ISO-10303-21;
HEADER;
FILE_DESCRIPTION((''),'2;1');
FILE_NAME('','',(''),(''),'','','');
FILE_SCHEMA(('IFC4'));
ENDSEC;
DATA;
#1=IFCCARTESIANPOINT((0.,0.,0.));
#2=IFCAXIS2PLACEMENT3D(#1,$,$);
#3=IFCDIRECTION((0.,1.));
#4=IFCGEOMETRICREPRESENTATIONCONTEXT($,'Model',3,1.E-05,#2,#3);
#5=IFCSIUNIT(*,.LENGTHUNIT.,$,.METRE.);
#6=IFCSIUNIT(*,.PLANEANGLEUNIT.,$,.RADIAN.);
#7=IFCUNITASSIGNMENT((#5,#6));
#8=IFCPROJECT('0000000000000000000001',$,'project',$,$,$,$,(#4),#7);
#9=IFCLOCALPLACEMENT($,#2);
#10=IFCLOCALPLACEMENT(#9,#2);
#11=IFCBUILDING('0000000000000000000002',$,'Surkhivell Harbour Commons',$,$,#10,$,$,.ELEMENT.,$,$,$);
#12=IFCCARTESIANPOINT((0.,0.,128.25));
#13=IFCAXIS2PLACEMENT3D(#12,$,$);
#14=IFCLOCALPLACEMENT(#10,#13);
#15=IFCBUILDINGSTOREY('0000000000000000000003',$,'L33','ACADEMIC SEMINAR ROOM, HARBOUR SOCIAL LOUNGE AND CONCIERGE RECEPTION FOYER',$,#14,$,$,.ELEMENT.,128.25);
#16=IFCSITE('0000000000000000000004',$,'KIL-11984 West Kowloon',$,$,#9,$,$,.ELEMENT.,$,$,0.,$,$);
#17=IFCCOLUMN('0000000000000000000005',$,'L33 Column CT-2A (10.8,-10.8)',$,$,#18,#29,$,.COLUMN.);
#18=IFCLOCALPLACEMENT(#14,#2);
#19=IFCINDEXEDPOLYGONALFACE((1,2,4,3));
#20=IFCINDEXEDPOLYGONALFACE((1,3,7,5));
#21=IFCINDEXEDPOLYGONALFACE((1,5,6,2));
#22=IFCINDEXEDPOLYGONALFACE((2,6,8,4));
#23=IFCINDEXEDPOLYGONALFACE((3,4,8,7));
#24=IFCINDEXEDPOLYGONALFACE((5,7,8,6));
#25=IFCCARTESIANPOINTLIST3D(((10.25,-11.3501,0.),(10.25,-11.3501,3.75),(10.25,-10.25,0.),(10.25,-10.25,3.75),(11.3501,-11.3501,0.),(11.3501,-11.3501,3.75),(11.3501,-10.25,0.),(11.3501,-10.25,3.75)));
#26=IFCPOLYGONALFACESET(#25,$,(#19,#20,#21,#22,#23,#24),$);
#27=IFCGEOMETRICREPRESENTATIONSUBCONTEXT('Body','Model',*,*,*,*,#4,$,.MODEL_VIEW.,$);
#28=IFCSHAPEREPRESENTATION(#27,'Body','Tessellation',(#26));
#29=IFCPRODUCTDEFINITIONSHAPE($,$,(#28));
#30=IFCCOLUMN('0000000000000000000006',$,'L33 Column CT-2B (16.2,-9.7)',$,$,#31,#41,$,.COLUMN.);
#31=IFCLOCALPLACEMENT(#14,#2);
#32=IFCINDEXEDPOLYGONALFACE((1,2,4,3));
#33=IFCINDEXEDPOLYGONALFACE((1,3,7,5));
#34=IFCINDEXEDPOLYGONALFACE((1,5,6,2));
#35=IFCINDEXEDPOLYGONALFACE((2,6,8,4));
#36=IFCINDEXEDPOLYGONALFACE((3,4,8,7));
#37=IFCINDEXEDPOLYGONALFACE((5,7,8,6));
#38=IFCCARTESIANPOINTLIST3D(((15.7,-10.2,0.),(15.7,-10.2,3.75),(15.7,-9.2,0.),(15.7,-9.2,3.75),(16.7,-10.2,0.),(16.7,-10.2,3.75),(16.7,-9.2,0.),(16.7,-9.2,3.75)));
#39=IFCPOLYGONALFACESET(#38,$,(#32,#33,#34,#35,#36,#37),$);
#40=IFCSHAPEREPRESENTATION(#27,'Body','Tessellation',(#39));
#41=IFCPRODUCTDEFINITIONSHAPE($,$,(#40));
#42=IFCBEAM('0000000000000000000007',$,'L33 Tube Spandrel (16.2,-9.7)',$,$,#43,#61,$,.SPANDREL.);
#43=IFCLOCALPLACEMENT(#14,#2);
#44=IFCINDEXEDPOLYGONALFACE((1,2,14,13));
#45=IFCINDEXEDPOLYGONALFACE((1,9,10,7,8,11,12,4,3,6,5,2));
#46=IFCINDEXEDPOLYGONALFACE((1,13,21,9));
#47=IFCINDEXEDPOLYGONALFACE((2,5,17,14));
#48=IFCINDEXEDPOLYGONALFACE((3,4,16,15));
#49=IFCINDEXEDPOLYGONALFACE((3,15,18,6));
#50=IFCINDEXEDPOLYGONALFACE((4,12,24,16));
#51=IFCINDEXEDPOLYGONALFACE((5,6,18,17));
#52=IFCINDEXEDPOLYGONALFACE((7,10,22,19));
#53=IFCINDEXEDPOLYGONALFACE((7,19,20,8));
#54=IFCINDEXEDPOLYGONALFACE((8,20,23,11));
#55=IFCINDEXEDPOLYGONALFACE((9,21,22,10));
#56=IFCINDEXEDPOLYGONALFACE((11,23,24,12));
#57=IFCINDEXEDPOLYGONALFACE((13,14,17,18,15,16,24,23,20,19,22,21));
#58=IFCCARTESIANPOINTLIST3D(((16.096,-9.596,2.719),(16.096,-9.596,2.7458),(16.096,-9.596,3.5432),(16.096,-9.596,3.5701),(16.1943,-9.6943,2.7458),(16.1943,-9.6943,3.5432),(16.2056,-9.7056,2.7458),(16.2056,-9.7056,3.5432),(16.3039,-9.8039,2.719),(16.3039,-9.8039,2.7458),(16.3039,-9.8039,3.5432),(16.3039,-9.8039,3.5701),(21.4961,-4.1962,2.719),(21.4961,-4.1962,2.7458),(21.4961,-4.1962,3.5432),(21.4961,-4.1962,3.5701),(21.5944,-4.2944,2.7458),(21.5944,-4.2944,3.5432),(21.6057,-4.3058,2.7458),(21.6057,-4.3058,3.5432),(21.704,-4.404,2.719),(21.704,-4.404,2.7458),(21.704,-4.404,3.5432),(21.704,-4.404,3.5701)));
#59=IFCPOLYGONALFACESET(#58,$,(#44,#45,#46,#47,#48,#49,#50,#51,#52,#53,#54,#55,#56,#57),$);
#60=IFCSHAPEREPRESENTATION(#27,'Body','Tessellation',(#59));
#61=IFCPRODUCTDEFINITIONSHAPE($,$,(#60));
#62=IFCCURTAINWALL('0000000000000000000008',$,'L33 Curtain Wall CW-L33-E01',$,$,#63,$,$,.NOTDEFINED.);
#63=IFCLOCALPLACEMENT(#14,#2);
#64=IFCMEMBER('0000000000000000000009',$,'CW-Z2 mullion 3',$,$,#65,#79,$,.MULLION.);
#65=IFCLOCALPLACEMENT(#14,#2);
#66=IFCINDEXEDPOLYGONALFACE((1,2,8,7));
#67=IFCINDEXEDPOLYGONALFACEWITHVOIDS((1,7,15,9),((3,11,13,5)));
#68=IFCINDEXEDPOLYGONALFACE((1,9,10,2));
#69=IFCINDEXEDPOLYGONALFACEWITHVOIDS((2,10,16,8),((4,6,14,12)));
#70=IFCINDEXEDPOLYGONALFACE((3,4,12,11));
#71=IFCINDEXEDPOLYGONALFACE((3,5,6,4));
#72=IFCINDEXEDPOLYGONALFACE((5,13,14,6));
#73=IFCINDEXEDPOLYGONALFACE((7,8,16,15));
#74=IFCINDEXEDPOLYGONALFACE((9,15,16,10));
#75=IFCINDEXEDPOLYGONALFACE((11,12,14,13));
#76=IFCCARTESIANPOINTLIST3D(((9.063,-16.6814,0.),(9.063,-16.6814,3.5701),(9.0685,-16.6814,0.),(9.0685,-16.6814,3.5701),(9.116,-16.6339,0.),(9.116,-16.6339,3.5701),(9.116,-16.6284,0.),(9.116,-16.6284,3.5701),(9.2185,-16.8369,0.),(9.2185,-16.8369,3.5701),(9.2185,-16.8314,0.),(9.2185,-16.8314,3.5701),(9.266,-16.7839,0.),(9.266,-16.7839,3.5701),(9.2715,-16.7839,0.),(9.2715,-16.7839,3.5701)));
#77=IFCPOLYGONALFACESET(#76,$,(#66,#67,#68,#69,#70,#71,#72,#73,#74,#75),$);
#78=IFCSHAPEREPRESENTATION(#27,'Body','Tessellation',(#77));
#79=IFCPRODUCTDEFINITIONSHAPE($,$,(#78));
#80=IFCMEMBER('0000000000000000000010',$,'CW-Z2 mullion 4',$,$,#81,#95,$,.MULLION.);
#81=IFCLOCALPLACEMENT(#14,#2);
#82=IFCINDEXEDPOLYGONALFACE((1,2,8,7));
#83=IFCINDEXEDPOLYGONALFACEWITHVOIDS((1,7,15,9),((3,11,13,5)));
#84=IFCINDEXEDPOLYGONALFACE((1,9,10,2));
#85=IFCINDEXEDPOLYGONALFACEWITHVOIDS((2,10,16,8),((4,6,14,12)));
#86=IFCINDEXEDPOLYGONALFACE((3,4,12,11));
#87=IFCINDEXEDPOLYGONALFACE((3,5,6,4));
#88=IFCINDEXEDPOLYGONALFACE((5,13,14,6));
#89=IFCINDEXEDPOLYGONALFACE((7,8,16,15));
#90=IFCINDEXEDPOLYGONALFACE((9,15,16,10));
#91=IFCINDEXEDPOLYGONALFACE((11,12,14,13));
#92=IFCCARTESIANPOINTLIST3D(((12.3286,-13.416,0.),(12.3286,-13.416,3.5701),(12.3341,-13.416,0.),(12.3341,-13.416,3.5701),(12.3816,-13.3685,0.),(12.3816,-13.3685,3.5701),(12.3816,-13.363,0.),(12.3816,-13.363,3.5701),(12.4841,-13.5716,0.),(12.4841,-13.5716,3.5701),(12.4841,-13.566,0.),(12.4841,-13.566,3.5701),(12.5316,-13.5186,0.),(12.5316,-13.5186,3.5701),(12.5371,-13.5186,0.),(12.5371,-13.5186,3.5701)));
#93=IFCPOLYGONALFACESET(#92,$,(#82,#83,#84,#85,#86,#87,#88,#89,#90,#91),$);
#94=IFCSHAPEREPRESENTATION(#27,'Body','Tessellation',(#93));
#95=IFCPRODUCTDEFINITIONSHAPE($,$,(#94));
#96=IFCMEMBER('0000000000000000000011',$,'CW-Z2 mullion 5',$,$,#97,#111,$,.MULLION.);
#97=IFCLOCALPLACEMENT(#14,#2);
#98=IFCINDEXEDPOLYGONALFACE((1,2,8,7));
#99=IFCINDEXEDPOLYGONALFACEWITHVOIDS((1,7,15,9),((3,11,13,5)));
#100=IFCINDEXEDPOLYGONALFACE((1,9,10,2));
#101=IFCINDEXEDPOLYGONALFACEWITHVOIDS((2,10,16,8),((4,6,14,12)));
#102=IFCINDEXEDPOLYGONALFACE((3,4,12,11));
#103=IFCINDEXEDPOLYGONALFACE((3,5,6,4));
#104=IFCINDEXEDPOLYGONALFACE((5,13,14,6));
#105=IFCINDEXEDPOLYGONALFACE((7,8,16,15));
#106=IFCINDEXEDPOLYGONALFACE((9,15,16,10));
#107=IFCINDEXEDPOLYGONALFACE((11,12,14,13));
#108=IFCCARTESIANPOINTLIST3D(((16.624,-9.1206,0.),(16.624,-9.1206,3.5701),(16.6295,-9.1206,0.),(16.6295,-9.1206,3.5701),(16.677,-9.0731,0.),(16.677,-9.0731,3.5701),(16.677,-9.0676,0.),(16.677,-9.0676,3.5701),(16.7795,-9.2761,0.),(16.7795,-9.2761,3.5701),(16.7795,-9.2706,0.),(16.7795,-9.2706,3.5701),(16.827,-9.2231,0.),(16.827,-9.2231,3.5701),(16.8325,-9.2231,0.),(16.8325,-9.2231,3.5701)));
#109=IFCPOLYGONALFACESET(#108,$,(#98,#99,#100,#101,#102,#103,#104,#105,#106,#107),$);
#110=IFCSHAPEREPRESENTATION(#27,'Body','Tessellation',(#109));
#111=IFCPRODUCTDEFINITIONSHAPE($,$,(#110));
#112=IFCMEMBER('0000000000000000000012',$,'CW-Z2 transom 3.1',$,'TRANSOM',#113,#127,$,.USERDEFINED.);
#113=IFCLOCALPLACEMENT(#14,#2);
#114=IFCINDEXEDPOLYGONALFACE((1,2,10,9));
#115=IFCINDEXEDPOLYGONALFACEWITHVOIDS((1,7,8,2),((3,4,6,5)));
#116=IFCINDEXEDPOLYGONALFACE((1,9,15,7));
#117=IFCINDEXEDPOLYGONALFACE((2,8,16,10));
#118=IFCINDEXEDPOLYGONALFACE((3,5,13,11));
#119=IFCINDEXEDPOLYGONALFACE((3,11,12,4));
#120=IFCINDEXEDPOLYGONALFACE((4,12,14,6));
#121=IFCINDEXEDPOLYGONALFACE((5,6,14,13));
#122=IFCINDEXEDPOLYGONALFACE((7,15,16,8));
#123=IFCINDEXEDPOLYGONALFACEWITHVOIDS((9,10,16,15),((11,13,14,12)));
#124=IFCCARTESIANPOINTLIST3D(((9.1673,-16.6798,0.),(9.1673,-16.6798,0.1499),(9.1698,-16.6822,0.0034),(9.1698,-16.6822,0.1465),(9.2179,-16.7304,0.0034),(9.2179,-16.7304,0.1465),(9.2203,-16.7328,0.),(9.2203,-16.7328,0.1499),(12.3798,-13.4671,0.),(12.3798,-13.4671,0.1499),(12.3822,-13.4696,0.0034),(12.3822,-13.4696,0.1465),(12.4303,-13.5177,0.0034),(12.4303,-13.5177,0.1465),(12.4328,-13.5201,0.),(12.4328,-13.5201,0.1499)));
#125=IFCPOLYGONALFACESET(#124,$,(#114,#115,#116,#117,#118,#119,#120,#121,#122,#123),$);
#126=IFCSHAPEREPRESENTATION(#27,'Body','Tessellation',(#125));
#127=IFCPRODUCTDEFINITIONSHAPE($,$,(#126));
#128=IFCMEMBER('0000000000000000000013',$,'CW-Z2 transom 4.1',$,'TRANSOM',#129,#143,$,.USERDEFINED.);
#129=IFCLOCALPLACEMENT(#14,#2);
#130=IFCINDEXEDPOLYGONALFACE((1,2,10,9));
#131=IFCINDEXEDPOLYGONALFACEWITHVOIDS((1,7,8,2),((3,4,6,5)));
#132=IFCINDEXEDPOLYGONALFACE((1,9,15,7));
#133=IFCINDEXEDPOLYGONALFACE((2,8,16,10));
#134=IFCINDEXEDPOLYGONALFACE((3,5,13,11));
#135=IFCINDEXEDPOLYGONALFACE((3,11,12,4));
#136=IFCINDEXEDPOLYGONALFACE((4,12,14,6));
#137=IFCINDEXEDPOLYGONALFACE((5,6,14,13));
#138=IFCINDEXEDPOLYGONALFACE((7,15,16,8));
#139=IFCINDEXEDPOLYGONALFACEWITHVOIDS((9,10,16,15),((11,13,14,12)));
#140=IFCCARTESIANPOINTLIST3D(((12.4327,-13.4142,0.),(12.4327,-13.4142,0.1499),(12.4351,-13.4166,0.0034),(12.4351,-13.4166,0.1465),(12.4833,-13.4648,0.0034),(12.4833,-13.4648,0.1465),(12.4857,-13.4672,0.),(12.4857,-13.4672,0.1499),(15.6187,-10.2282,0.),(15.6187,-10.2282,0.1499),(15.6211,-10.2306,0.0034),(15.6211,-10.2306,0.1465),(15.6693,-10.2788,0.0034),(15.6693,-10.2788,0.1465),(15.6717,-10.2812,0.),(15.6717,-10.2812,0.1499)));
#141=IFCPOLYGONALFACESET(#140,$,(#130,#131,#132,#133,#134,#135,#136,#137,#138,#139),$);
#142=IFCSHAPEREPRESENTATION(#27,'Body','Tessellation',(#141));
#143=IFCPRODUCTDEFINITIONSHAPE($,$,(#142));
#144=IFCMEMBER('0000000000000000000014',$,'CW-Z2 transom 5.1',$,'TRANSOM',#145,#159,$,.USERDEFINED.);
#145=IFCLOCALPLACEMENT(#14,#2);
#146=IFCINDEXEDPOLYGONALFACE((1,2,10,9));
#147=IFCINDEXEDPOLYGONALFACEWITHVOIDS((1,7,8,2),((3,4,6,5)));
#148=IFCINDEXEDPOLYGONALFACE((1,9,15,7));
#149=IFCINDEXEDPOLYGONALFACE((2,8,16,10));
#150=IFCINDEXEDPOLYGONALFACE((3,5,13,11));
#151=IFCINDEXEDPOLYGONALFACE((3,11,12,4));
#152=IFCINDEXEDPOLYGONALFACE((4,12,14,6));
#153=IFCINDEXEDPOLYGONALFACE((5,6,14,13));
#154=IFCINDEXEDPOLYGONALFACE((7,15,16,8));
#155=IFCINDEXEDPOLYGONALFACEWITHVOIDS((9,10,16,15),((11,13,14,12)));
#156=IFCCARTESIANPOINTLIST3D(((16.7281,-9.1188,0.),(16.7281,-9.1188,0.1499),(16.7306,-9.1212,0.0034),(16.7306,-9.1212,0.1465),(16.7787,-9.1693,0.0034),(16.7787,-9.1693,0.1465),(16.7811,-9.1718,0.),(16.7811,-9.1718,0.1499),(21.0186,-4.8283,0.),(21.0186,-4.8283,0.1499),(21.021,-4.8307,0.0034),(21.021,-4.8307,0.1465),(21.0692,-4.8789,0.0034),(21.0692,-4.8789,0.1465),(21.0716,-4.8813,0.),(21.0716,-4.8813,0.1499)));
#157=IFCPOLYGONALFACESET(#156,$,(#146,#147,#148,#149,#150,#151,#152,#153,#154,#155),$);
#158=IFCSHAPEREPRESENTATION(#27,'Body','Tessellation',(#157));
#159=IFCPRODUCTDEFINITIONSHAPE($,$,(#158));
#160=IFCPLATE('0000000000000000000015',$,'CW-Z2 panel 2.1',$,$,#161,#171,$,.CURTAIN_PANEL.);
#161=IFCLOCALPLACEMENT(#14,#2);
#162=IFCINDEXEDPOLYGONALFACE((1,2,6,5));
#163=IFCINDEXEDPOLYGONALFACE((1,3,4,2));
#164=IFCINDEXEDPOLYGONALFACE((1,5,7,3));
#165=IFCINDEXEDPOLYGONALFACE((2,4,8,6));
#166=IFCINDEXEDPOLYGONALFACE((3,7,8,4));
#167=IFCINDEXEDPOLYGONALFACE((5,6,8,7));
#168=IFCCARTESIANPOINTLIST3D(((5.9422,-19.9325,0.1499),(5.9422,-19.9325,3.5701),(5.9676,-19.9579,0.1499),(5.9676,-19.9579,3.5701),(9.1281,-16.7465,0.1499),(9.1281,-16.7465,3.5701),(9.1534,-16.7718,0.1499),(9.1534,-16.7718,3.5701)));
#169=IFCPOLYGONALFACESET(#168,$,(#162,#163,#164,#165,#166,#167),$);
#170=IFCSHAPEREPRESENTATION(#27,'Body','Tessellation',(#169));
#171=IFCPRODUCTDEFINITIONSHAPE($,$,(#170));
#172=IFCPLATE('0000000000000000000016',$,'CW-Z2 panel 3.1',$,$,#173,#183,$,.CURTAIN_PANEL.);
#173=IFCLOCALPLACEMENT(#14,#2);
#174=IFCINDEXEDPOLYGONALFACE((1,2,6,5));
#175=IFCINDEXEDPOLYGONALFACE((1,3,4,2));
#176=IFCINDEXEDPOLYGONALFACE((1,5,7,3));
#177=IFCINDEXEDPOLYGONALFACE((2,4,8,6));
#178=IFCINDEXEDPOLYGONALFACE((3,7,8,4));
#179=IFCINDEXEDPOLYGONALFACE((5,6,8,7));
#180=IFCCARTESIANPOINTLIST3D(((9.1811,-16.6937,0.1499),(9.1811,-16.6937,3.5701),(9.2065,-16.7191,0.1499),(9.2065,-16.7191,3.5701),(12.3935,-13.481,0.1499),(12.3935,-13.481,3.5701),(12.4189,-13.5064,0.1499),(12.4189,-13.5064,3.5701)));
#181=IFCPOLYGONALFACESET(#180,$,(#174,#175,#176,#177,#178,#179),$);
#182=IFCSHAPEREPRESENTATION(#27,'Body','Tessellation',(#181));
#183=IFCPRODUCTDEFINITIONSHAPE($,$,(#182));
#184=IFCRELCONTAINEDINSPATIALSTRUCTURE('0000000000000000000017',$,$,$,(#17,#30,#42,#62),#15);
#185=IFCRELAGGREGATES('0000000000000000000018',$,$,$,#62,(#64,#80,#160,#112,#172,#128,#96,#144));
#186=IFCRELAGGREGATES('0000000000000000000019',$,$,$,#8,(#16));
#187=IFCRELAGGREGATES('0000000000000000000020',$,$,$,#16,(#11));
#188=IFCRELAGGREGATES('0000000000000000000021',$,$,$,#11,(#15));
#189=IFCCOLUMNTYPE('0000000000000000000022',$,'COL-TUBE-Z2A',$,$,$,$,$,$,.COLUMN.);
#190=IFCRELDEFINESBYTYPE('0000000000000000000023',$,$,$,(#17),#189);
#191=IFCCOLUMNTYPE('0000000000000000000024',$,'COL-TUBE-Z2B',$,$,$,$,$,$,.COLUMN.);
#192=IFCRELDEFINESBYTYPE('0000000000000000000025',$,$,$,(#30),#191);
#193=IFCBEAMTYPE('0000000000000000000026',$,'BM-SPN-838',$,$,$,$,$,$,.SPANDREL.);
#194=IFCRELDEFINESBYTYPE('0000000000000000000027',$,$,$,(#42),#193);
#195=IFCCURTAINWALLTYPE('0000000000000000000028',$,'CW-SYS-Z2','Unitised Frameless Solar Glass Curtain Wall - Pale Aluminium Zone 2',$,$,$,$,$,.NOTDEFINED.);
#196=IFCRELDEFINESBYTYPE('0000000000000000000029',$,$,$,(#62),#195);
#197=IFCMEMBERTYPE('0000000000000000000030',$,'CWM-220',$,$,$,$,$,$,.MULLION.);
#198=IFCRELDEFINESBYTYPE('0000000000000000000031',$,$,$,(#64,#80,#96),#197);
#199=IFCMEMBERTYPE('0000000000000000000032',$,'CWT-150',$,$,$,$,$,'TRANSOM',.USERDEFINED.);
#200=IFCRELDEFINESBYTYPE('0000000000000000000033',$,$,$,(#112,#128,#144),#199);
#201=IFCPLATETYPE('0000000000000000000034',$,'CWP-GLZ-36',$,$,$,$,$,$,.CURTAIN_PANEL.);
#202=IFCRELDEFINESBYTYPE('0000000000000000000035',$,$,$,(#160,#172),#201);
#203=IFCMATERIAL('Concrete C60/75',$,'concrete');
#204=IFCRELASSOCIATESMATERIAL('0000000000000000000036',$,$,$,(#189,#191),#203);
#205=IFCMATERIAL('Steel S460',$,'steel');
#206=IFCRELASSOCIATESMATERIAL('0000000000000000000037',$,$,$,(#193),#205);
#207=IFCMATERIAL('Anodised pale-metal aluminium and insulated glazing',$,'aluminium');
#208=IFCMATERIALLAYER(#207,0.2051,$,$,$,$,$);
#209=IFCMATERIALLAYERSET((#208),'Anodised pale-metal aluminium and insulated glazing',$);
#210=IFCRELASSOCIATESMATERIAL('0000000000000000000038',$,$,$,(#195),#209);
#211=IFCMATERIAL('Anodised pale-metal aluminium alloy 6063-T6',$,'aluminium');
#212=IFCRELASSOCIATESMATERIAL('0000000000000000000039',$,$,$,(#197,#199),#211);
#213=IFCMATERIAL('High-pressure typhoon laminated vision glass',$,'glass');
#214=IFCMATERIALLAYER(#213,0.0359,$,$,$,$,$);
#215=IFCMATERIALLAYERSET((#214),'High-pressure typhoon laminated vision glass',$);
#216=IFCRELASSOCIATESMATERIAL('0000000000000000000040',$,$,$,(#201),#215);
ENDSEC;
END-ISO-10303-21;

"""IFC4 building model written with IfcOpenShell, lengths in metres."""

from ifc_helpers import new_model, si_unit, direction, frame, frame_2d, origin, origin_2d, place, context, subcontext, project, spatial, rectangle, hollow_rectangle, i_section, extrude, material, layer, layer_set, material_profile, profile_set, type_object, element, aggregate, save


model = new_model("IFC4")

# Units and contexts
model_context = context("Model", 3, precision=1e-05, world=origin(), true_north=direction((0.0, 1.0)))
body_context = subcontext(model_context, "Body", "Model", "MODEL_VIEW")
ifc_project = project(units=[si_unit("LENGTHUNIT", "METRE"), si_unit("PLANEANGLEUNIT", "RADIAN")], contexts=[model_context])

# Site, building, storey
site_placement = place(None, origin())
site = spatial("IfcSite", under=ifc_project, at=site_placement, Name="KIL-11984 West Kowloon", CompositionType="ELEMENT", RefElevation=0.0)
building_placement = place(site_placement, origin())
building = spatial("IfcBuilding", under=site, at=building_placement, Name="Surkhivell Harbour Commons", CompositionType="ELEMENT")
storey_placement = place(building_placement, frame((0.0, 0.0, 128.25)))
storey = spatial("IfcBuildingStorey", under=building, at=storey_placement, Name="L33", Description="ACADEMIC SEMINAR ROOM, HARBOUR SOCIAL LOUNGE AND CONCIERGE RECEPTION FOYER", CompositionType="ELEMENT", Elevation=128.25)

# Columns
ifc_material_1 = material(Name="Concrete C60/75", Category="concrete")
ifc_material_profile_1 = material_profile(ifc_material_1, rectangle(XDim=1.1001, YDim=1.1001, at=origin_2d()), Name="RC-COL-1100x1100")
ifc_profile_set_1 = profile_set([ifc_material_profile_1], Name="Concrete C60/75")
column_type_1 = type_object("IfcColumnType", Name="COL-TUBE-Z2A", PredefinedType="COLUMN", material=ifc_profile_set_1)
column_1_placement = place(storey_placement, frame((10.8, -10.8, 0.0), z_axis=(0.0, 0.0, 1.0), x_axis=(1.0, 0.0, 0.0)))
element("IfcColumn", 1, at=column_1_placement, inside=storey, type_object=column_type_1, Name="L33 Column CT-2A (10.8,-10.8)", PredefinedType="COLUMN", context=body_context, shape_type="SweptSolid", body=[
    extrude(rectangle(XDim=1.1001, YDim=1.1001, at=origin_2d()), origin(), (0.0, 0.0, 1.0), 3.75),
])
ifc_material_profile_2 = material_profile(ifc_material_1, rectangle(XDim=1.0, YDim=1.0, at=origin_2d()), Name="RC-COL-1000x1000")
ifc_profile_set_2 = profile_set([ifc_material_profile_2], Name="Concrete C60/75")
column_type_2 = type_object("IfcColumnType", Name="COL-TUBE-Z2B", PredefinedType="COLUMN", material=ifc_profile_set_2)
column_2_placement = place(storey_placement, frame((16.2, -9.7, 0.0), z_axis=(0.0, 0.0, 1.0), x_axis=(1.0, 0.0, 0.0)))
element("IfcColumn", 2, at=column_2_placement, inside=storey, type_object=column_type_2, Name="L33 Column CT-2B (16.2,-9.7)", PredefinedType="COLUMN", context=body_context, shape_type="SweptSolid", body=[
    extrude(rectangle(XDim=1.0, YDim=1.0, at=origin_2d()), origin(), (0.0, 0.0, 1.0), 3.75),
])

# Beam
ifc_material_2 = material(Name="Steel S460", Category="steel")
ifc_material_profile_3 = material_profile(ifc_material_2, i_section(OverallWidth=0.2939, OverallDepth=0.8511, WebThickness=0.0161, FlangeThickness=0.0269, at=origin_2d()), Name="UB838x292x226")
ifc_profile_set_3 = profile_set([ifc_material_profile_3], Name="Steel S460")
beam_type = type_object("IfcBeamType", Name="BM-SPN-838", PredefinedType="SPANDREL", material=ifc_profile_set_3)
beam_placement = place(storey_placement, frame((16.2, -9.7, 3.1445), z_axis=(0.707123, 0.707091, 0.0), x_axis=(-0.707091, 0.707123, 0.0)))
element("IfcBeam", 3, at=beam_placement, inside=storey, type_object=beam_type, Name="L33 Tube Spandrel (16.2,-9.7)", PredefinedType="SPANDREL", context=body_context, shape_type="SweptSolid", body=[
    extrude(i_section(OverallWidth=0.2939, OverallDepth=0.8511, WebThickness=0.0161, FlangeThickness=0.0269, at=origin_2d()), origin(), (0.0, 0.0, 1.0), 7.6367),
])

# Curtain wall, members, plates
ifc_material_3 = material(Name="Anodised pale-metal aluminium and insulated glazing", Category="aluminium")
ifc_layer_1 = layer(ifc_material_3, 0.2051)
ifc_layer_set_1 = layer_set([ifc_layer_1], Name="Anodised pale-metal aluminium and insulated glazing")
curtain_wall_type = type_object("IfcCurtainWallType", Name="CW-SYS-Z2", Description="Unitised Frameless Solar Glass Curtain Wall - Pale Aluminium Zone 2", PredefinedType="NOTDEFINED", material=ifc_layer_set_1)
curtain_wall_placement = place(storey_placement, origin())
curtain_wall = element("IfcCurtainWall", 4, at=curtain_wall_placement, inside=storey, type_object=curtain_wall_type, Name="L33 Curtain Wall CW-L33-E01", PredefinedType="NOTDEFINED")
ifc_material_4 = material(Name="Anodised pale-metal aluminium alloy 6063-T6", Category="aluminium")
ifc_material_profile_4 = material_profile(ifc_material_4, hollow_rectangle(XDim=0.075, YDim=0.22, WallThickness=0.0039, at=origin_2d()), Name="ALU-MULL-75x220")
ifc_profile_set_4 = profile_set([ifc_material_profile_4], Name="Anodised pale-metal aluminium alloy 6063-T6")
member_type_1 = type_object("IfcMemberType", Name="CWM-220", PredefinedType="MULLION", material=ifc_profile_set_4)
member_1_placement = place(storey_placement, frame((9.1672, -16.7327, 0.0), z_axis=(0.0, 0.0, 1.0), x_axis=(0.707107, 0.707107, 0.0)))
member_1 = element("IfcMember", 5, at=member_1_placement, type_object=member_type_1, Name="CW-Z2 mullion 3", PredefinedType="MULLION", context=body_context, shape_type="SweptSolid", body=[
    extrude(hollow_rectangle(XDim=0.075, YDim=0.22, WallThickness=0.0039, at=origin_2d()), origin(), (0.0, 0.0, 1.0), 3.5701),
])
member_2_placement = place(storey_placement, frame((12.4329, -13.4673, 0.0), z_axis=(0.0, 0.0, 1.0), x_axis=(0.707107, 0.707107, 0.0)))
member_2 = element("IfcMember", 6, at=member_2_placement, type_object=member_type_1, Name="CW-Z2 mullion 4", PredefinedType="MULLION", context=body_context, shape_type="SweptSolid", body=[
    extrude(hollow_rectangle(XDim=0.075, YDim=0.22, WallThickness=0.0039, at=origin_2d()), origin(), (0.0, 0.0, 1.0), 3.5701),
])
member_3_placement = place(storey_placement, frame((16.7283, -9.1719, 0.0), z_axis=(0.0, 0.0, 1.0), x_axis=(0.707107, 0.707107, 0.0)))
member_3 = element("IfcMember", 7, at=member_3_placement, type_object=member_type_1, Name="CW-Z2 mullion 5", PredefinedType="MULLION", context=body_context, shape_type="SweptSolid", body=[
    extrude(hollow_rectangle(XDim=0.075, YDim=0.22, WallThickness=0.0039, at=origin_2d()), origin(), (0.0, 0.0, 1.0), 3.5701),
])
ifc_material_profile_5 = material_profile(ifc_material_4, hollow_rectangle(XDim=0.075, YDim=0.1499, WallThickness=0.0034, at=origin_2d()), Name="ALU-TRAN-75x150")
ifc_profile_set_5 = profile_set([ifc_material_profile_5], Name="Anodised pale-metal aluminium alloy 6063-T6")
member_type_2 = type_object("IfcMemberType", Name="CWT-150", ElementType="TRANSOM", PredefinedType="USERDEFINED", material=ifc_profile_set_5)
member_4_placement = place(storey_placement, frame((9.1938, -16.7063, 0.075), z_axis=(0.70708, 0.707134, 0.0), x_axis=(-0.707134, 0.70708, 0.0)))
member_4 = element("IfcMember", 8, at=member_4_placement, type_object=member_type_2, Name="CW-Z2 transom 3.1", ObjectType="TRANSOM", PredefinedType="USERDEFINED", context=body_context, shape_type="SweptSolid", body=[
    extrude(hollow_rectangle(XDim=0.075, YDim=0.1499, WallThickness=0.0034, at=origin_2d()), origin(), (0.0, 0.0, 1.0), 4.5432),
])
member_5_placement = place(storey_placement, frame((12.4592, -13.4407, 0.075), z_axis=(0.707107, 0.707107, 0.0), x_axis=(-0.707107, 0.707107, 0.0)))
member_5 = element("IfcMember", 9, at=member_5_placement, type_object=member_type_2, Name="CW-Z2 transom 4.1", ObjectType="TRANSOM", PredefinedType="USERDEFINED", context=body_context, shape_type="SweptSolid", body=[
    extrude(hollow_rectangle(XDim=0.075, YDim=0.1499, WallThickness=0.0034, at=origin_2d()), origin(), (0.0, 0.0, 1.0), 4.5056),
])
member_6_placement = place(storey_placement, frame((16.7546, -9.1453, 0.075), z_axis=(0.707107, 0.707107, 0.0), x_axis=(-0.707107, 0.707107, 0.0)))
member_6 = element("IfcMember", 10, at=member_6_placement, type_object=member_type_2, Name="CW-Z2 transom 5.1", ObjectType="TRANSOM", PredefinedType="USERDEFINED", context=body_context, shape_type="SweptSolid", body=[
    extrude(hollow_rectangle(XDim=0.075, YDim=0.1499, WallThickness=0.0034, at=origin_2d()), origin(), (0.0, 0.0, 1.0), 6.0676),
])
ifc_material_5 = material(Name="High-pressure typhoon laminated vision glass", Category="glass")
ifc_layer_2 = layer(ifc_material_5, 0.0359)
ifc_layer_set_2 = layer_set([ifc_layer_2], Name="High-pressure typhoon laminated vision glass")
plate_type = type_object("IfcPlateType", Name="CWP-GLZ-36", PredefinedType="CURTAIN_PANEL", material=ifc_layer_set_2)
plate_1_placement = place(storey_placement, frame((5.9548, -19.9453, 0.1499), z_axis=(0.0, 0.0, 1.0), x_axis=(0.70708, 0.707134, 0.0)))
plate_1 = element("IfcPlate", 11, at=plate_1_placement, type_object=plate_type, Name="CW-Z2 panel 2.1", PredefinedType="CURTAIN_PANEL", context=body_context, shape_type="SweptSolid", body=[
    extrude(rectangle(XDim=4.5056, YDim=0.0359, at=frame_2d((2.2529, 0.0))), origin(), (0.0, 0.0, 1.0), 3.4202),
])
plate_2_placement = place(storey_placement, frame((9.1938, -16.7063, 0.1499), z_axis=(0.0, 0.0, 1.0), x_axis=(0.70708, 0.707134, 0.0)))
plate_2 = element("IfcPlate", 12, at=plate_2_placement, type_object=plate_type, Name="CW-Z2 panel 3.1", PredefinedType="CURTAIN_PANEL", context=body_context, shape_type="SweptSolid", body=[
    extrude(rectangle(XDim=4.5432, YDim=0.0359, at=frame_2d((2.2715, 0.0))), origin(), (0.0, 0.0, 1.0), 3.4202),
])
aggregate(curtain_wall, [member_1, member_2, plate_1, member_4, plate_2, member_5, member_3, member_6])

save(model, "model.ifc")
